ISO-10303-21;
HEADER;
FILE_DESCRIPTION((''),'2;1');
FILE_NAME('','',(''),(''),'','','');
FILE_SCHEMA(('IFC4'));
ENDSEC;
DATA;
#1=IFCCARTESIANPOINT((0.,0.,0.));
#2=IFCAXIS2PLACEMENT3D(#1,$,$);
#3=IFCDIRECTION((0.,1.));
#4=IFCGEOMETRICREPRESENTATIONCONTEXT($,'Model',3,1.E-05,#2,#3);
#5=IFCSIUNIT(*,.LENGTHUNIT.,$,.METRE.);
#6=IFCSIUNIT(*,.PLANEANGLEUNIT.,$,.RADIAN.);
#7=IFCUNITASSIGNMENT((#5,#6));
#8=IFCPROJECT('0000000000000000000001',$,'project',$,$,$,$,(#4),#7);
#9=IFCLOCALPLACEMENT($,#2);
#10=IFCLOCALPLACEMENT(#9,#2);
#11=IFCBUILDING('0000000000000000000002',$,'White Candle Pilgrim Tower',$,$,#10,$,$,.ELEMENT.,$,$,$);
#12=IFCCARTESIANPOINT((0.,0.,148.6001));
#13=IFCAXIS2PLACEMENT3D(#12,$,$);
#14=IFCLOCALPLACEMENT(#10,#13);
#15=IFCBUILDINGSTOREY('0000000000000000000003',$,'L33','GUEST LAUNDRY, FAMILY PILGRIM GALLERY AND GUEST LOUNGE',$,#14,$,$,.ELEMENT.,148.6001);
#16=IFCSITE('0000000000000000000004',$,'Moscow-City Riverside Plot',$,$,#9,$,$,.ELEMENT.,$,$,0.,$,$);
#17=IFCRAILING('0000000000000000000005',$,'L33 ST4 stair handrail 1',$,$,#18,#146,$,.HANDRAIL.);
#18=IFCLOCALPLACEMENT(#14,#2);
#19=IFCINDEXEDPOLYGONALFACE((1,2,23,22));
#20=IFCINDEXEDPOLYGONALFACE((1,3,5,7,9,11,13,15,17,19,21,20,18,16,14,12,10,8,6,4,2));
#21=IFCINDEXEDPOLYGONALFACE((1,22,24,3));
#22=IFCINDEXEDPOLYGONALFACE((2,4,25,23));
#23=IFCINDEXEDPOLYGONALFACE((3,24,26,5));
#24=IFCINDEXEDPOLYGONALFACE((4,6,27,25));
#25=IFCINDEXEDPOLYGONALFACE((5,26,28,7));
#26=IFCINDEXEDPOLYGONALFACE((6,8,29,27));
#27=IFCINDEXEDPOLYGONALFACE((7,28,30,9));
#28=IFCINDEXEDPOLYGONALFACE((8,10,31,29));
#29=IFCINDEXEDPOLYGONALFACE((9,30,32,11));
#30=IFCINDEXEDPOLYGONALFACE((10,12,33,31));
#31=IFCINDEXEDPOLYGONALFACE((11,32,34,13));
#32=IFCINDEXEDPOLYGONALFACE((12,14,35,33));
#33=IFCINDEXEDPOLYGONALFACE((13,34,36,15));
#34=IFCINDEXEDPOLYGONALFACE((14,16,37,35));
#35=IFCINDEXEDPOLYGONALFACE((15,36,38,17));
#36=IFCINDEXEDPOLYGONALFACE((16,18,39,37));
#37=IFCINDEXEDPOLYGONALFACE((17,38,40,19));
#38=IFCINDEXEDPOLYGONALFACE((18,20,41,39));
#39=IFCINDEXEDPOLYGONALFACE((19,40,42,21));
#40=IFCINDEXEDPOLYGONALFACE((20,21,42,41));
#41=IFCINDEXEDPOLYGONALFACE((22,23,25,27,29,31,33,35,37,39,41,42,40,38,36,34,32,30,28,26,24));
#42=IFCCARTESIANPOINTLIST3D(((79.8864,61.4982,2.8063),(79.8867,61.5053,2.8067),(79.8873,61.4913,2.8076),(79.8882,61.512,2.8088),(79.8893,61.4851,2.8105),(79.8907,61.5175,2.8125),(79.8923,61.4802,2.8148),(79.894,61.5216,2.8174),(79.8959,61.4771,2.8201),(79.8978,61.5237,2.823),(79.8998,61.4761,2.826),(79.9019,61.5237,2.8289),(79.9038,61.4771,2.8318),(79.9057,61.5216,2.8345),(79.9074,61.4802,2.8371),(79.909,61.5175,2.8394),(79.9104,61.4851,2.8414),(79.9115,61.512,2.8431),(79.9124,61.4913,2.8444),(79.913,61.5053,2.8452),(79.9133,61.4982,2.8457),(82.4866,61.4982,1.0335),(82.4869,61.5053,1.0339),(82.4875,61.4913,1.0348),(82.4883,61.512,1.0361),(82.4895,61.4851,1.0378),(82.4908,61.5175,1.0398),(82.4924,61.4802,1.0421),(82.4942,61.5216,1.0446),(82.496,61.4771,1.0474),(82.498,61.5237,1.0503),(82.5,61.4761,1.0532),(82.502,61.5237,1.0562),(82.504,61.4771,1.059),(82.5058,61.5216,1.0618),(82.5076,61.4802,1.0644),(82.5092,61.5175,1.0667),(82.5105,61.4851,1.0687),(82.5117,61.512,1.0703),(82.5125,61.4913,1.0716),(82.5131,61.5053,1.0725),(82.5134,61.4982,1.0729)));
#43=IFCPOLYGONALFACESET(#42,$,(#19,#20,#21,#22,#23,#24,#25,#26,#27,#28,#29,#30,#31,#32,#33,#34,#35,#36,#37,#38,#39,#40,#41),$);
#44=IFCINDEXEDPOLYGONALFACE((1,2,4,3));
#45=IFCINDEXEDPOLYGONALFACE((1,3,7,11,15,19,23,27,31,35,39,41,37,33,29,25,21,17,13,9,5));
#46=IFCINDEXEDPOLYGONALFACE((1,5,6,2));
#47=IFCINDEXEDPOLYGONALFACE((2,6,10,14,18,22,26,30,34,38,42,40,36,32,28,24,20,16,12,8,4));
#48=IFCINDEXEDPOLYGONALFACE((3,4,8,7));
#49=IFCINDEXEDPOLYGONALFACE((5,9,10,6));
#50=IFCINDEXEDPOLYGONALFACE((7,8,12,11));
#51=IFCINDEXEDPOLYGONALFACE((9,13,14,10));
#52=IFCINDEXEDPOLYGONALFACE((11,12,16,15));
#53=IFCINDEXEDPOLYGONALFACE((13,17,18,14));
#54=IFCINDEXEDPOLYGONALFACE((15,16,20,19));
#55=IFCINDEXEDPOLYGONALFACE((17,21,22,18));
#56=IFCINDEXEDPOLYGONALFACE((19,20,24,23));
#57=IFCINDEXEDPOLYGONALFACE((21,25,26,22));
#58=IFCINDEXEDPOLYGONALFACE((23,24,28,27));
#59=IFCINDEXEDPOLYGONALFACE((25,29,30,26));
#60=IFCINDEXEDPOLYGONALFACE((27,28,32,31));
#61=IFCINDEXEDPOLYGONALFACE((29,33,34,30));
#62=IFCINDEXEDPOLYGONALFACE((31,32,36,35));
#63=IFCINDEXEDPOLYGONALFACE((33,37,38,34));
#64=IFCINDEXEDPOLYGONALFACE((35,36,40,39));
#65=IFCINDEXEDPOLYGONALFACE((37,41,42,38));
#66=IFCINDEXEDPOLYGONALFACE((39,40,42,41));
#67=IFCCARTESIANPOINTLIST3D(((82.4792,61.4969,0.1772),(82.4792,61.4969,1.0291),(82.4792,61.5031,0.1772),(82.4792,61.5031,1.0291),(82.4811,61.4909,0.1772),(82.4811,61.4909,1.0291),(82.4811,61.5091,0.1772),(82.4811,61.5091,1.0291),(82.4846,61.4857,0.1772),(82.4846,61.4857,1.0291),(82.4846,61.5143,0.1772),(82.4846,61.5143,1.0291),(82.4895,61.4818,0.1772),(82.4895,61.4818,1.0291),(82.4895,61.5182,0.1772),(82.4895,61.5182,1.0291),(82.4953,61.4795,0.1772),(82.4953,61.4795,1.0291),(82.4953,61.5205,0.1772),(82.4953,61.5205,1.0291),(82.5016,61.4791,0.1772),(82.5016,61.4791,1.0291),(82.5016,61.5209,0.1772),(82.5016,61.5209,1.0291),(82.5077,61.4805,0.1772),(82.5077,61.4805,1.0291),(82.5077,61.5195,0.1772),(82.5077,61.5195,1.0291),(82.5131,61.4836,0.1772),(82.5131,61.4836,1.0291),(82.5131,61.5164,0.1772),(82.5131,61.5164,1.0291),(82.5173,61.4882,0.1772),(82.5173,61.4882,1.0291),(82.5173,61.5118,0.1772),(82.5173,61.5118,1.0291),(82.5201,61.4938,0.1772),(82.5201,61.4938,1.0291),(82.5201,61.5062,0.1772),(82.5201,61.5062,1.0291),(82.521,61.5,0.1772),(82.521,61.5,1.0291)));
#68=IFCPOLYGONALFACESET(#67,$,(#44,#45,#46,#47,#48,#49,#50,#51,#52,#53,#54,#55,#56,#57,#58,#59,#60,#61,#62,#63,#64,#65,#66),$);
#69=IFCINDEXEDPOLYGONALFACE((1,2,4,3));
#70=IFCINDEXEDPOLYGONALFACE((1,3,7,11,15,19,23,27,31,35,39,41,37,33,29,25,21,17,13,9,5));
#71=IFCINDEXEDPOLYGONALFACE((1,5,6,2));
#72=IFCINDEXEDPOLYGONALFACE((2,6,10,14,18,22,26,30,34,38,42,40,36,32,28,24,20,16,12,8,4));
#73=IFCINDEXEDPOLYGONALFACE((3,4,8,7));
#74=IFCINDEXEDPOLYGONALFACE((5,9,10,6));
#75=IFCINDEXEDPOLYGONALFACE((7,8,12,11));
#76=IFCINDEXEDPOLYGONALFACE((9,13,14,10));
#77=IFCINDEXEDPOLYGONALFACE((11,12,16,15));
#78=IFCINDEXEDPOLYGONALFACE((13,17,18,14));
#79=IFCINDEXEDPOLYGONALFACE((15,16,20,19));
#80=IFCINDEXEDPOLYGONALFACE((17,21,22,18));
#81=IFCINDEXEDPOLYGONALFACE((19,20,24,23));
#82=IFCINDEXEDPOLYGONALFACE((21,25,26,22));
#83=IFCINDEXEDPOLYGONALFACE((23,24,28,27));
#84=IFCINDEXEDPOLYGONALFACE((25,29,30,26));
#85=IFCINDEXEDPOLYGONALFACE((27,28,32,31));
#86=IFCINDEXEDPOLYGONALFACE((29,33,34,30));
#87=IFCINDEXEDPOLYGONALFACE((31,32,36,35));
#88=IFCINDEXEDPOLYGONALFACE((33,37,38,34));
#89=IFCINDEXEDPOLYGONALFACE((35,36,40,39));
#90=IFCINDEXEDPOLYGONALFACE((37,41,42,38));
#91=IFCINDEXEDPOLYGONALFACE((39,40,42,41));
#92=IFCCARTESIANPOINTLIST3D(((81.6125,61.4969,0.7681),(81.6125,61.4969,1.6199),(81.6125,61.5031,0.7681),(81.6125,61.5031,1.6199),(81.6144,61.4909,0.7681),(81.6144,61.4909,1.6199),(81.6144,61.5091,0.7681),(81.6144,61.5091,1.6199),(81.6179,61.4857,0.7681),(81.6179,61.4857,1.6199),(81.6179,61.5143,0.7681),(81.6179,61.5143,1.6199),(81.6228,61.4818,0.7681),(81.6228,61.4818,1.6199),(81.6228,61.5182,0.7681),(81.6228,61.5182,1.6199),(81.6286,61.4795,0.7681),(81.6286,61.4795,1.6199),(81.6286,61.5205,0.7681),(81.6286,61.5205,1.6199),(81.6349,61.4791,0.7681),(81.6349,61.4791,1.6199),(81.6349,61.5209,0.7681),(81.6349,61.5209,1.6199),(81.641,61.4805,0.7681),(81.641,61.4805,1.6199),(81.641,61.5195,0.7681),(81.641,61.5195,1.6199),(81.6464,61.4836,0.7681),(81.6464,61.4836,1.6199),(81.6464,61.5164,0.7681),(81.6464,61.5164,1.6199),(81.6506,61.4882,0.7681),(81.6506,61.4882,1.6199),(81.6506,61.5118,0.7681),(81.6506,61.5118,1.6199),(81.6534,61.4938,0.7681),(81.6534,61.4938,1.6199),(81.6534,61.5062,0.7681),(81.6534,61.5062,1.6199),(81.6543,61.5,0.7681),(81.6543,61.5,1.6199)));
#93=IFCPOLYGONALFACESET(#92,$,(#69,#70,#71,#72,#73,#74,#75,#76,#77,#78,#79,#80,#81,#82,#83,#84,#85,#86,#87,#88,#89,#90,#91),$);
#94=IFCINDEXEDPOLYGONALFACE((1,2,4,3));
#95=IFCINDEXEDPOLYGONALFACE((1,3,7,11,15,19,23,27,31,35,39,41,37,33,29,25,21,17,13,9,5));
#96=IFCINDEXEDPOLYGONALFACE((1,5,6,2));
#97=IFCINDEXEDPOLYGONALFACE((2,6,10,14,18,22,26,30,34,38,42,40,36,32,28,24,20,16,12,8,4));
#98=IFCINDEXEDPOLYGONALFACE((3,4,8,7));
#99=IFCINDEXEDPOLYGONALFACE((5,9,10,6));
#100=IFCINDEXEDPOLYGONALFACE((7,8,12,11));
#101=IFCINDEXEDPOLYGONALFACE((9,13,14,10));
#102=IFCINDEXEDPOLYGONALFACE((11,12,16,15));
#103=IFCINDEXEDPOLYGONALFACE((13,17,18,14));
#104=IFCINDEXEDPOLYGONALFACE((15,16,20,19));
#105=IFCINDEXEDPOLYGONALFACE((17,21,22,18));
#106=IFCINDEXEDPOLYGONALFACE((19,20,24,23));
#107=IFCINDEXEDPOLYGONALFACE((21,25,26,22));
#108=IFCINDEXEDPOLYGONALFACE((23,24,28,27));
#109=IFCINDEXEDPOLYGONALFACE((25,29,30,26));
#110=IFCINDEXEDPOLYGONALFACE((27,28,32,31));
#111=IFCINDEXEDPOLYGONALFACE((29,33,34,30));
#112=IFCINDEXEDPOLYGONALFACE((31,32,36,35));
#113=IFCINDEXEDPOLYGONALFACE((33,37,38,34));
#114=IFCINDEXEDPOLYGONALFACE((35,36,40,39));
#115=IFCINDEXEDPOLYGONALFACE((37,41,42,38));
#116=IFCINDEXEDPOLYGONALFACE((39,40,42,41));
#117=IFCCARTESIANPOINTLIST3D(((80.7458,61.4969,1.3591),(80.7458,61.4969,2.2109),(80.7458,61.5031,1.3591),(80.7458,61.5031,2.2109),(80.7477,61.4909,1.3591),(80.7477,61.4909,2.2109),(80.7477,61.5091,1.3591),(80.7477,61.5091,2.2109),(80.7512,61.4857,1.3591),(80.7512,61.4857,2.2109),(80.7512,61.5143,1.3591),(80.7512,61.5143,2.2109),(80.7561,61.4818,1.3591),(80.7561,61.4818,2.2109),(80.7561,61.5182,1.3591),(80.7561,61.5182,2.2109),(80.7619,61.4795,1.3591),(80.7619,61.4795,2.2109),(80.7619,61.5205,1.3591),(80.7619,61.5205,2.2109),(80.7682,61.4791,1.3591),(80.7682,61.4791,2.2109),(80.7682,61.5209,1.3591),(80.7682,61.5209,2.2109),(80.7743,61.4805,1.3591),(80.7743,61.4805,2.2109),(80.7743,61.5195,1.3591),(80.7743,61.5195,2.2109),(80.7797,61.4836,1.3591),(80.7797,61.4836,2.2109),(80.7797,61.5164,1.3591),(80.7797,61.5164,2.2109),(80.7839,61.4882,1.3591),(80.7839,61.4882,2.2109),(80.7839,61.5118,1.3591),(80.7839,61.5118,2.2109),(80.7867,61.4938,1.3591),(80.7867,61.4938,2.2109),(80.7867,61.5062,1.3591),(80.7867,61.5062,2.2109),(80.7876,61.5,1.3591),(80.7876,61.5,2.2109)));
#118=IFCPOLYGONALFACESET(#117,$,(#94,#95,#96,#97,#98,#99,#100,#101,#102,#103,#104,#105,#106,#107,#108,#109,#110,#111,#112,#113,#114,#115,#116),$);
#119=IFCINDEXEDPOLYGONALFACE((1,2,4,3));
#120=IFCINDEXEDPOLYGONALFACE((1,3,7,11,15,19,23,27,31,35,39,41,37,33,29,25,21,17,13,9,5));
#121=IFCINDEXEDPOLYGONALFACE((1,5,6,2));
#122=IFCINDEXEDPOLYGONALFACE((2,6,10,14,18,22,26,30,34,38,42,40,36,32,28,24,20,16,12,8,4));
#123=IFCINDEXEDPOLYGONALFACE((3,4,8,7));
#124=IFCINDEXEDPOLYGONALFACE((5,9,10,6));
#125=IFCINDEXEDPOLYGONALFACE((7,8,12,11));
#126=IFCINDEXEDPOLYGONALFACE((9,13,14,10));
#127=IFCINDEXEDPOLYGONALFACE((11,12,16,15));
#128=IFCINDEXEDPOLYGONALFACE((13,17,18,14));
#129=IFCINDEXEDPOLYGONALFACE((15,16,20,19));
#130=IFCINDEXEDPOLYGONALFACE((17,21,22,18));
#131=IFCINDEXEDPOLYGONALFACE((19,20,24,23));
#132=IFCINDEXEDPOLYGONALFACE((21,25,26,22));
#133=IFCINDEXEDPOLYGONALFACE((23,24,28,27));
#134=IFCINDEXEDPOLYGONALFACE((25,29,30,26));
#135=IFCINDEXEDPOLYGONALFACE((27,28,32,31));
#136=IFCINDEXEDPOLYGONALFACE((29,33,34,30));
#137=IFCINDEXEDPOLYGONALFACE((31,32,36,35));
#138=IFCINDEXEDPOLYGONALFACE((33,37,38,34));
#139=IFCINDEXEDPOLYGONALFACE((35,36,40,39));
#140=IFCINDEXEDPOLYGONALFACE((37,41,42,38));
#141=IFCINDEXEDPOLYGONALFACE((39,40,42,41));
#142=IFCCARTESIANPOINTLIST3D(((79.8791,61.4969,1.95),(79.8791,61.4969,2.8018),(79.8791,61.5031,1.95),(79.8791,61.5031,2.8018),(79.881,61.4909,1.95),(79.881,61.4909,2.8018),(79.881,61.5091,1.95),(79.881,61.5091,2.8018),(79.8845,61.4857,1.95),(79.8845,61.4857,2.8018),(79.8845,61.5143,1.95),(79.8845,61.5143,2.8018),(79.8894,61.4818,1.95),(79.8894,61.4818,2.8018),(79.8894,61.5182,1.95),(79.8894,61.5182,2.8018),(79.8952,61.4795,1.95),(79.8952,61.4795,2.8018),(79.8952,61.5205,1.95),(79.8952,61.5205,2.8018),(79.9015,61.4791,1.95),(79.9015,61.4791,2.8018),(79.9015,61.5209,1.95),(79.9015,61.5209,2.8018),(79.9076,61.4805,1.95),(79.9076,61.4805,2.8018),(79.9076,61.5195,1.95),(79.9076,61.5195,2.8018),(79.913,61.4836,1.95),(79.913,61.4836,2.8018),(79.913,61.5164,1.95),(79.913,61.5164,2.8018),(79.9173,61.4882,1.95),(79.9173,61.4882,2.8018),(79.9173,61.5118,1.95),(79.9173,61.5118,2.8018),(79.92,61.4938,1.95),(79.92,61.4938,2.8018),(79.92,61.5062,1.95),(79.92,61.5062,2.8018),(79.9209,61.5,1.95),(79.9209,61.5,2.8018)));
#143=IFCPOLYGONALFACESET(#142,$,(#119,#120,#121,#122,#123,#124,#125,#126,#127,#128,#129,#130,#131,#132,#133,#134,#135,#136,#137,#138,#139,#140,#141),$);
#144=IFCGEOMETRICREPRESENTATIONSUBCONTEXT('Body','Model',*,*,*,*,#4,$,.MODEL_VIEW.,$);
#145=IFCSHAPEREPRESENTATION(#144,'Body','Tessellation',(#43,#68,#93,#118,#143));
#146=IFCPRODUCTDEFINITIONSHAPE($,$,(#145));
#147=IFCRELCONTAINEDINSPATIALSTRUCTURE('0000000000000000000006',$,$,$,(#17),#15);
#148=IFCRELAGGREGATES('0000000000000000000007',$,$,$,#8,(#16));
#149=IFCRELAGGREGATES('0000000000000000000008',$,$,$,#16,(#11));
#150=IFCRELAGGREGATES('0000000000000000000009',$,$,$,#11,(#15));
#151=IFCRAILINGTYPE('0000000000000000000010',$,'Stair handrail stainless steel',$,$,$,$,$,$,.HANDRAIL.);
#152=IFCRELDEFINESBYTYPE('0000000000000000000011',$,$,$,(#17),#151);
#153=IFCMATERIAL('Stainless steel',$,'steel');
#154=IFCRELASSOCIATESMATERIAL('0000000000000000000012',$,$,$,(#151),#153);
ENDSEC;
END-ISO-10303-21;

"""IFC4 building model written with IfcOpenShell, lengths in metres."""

from ifc_helpers import new_model, si_unit, direction, frame, origin, origin_2d, place, context, subcontext, project, spatial, circle, extrude, material, type_object, element, save


model = new_model("IFC4")

# Units and contexts
model_context = context("Model", 3, precision=1e-05, world=origin(), true_north=direction((0.0, 1.0)))
body_context = subcontext(model_context, "Body", "Model", "MODEL_VIEW")
ifc_project = project(units=[si_unit("LENGTHUNIT", "METRE"), si_unit("PLANEANGLEUNIT", "RADIAN")], contexts=[model_context])

# Site, building, storey
site_placement = place(None, origin())
site = spatial("IfcSite", under=ifc_project, at=site_placement, Name="Moscow-City Riverside Plot", CompositionType="ELEMENT", RefElevation=0.0)
building_placement = place(site_placement, origin())
building = spatial("IfcBuilding", under=site, at=building_placement, Name="White Candle Pilgrim Tower", CompositionType="ELEMENT")
storey_placement = place(building_placement, frame((0.0, 0.0, 148.6001)))
storey = spatial("IfcBuildingStorey", under=building, at=storey_placement, Name="L33", Description="GUEST LAUNDRY, FAMILY PILGRIM GALLERY AND GUEST LOUNGE", CompositionType="ELEMENT", Elevation=148.6001)

# Railing
ifc_material_1 = material(Name="Stainless steel", Category="steel")
railing_type_1 = type_object("IfcRailingType", Name="Stair handrail stainless steel", PredefinedType="HANDRAIL", material=ifc_material_1)
railing_1_placement = place(storey_placement, frame((82.5, 61.5, 0.1772)))
element("IfcRailing", 1, at=railing_1_placement, inside=storey, type_object=railing_type_1, Name="L33 ST4 stair handrail 1", PredefinedType="HANDRAIL", context=body_context, shape_type="SweptSolid", body=[
    extrude(circle(Radius=0.0239, at=origin_2d()), frame((0.0, 0.0, 0.876), z_axis=(-0.82624, 0.0, 0.563318), x_axis=(0.0, -1.0, 0.0)), (0.0, 0.0, 1.0), 3.147),
    extrude(circle(Radius=0.021, at=origin_2d()), origin(), (0.0, 0.0, 1.0), 0.8518),
    extrude(circle(Radius=0.021, at=origin_2d()), frame((-0.8667, 0.0, 0.5908)), (0.0, 0.0, 1.0), 0.8518),
    extrude(circle(Radius=0.021, at=origin_2d()), frame((-1.7334, 0.0, 1.1819)), (0.0, 0.0, 1.0), 0.8518),
    extrude(circle(Radius=0.021, at=origin_2d()), frame((-2.6001, 0.0, 1.7727)), (0.0, 0.0, 1.0), 0.8518),
])

save(model, "model.ifc")
